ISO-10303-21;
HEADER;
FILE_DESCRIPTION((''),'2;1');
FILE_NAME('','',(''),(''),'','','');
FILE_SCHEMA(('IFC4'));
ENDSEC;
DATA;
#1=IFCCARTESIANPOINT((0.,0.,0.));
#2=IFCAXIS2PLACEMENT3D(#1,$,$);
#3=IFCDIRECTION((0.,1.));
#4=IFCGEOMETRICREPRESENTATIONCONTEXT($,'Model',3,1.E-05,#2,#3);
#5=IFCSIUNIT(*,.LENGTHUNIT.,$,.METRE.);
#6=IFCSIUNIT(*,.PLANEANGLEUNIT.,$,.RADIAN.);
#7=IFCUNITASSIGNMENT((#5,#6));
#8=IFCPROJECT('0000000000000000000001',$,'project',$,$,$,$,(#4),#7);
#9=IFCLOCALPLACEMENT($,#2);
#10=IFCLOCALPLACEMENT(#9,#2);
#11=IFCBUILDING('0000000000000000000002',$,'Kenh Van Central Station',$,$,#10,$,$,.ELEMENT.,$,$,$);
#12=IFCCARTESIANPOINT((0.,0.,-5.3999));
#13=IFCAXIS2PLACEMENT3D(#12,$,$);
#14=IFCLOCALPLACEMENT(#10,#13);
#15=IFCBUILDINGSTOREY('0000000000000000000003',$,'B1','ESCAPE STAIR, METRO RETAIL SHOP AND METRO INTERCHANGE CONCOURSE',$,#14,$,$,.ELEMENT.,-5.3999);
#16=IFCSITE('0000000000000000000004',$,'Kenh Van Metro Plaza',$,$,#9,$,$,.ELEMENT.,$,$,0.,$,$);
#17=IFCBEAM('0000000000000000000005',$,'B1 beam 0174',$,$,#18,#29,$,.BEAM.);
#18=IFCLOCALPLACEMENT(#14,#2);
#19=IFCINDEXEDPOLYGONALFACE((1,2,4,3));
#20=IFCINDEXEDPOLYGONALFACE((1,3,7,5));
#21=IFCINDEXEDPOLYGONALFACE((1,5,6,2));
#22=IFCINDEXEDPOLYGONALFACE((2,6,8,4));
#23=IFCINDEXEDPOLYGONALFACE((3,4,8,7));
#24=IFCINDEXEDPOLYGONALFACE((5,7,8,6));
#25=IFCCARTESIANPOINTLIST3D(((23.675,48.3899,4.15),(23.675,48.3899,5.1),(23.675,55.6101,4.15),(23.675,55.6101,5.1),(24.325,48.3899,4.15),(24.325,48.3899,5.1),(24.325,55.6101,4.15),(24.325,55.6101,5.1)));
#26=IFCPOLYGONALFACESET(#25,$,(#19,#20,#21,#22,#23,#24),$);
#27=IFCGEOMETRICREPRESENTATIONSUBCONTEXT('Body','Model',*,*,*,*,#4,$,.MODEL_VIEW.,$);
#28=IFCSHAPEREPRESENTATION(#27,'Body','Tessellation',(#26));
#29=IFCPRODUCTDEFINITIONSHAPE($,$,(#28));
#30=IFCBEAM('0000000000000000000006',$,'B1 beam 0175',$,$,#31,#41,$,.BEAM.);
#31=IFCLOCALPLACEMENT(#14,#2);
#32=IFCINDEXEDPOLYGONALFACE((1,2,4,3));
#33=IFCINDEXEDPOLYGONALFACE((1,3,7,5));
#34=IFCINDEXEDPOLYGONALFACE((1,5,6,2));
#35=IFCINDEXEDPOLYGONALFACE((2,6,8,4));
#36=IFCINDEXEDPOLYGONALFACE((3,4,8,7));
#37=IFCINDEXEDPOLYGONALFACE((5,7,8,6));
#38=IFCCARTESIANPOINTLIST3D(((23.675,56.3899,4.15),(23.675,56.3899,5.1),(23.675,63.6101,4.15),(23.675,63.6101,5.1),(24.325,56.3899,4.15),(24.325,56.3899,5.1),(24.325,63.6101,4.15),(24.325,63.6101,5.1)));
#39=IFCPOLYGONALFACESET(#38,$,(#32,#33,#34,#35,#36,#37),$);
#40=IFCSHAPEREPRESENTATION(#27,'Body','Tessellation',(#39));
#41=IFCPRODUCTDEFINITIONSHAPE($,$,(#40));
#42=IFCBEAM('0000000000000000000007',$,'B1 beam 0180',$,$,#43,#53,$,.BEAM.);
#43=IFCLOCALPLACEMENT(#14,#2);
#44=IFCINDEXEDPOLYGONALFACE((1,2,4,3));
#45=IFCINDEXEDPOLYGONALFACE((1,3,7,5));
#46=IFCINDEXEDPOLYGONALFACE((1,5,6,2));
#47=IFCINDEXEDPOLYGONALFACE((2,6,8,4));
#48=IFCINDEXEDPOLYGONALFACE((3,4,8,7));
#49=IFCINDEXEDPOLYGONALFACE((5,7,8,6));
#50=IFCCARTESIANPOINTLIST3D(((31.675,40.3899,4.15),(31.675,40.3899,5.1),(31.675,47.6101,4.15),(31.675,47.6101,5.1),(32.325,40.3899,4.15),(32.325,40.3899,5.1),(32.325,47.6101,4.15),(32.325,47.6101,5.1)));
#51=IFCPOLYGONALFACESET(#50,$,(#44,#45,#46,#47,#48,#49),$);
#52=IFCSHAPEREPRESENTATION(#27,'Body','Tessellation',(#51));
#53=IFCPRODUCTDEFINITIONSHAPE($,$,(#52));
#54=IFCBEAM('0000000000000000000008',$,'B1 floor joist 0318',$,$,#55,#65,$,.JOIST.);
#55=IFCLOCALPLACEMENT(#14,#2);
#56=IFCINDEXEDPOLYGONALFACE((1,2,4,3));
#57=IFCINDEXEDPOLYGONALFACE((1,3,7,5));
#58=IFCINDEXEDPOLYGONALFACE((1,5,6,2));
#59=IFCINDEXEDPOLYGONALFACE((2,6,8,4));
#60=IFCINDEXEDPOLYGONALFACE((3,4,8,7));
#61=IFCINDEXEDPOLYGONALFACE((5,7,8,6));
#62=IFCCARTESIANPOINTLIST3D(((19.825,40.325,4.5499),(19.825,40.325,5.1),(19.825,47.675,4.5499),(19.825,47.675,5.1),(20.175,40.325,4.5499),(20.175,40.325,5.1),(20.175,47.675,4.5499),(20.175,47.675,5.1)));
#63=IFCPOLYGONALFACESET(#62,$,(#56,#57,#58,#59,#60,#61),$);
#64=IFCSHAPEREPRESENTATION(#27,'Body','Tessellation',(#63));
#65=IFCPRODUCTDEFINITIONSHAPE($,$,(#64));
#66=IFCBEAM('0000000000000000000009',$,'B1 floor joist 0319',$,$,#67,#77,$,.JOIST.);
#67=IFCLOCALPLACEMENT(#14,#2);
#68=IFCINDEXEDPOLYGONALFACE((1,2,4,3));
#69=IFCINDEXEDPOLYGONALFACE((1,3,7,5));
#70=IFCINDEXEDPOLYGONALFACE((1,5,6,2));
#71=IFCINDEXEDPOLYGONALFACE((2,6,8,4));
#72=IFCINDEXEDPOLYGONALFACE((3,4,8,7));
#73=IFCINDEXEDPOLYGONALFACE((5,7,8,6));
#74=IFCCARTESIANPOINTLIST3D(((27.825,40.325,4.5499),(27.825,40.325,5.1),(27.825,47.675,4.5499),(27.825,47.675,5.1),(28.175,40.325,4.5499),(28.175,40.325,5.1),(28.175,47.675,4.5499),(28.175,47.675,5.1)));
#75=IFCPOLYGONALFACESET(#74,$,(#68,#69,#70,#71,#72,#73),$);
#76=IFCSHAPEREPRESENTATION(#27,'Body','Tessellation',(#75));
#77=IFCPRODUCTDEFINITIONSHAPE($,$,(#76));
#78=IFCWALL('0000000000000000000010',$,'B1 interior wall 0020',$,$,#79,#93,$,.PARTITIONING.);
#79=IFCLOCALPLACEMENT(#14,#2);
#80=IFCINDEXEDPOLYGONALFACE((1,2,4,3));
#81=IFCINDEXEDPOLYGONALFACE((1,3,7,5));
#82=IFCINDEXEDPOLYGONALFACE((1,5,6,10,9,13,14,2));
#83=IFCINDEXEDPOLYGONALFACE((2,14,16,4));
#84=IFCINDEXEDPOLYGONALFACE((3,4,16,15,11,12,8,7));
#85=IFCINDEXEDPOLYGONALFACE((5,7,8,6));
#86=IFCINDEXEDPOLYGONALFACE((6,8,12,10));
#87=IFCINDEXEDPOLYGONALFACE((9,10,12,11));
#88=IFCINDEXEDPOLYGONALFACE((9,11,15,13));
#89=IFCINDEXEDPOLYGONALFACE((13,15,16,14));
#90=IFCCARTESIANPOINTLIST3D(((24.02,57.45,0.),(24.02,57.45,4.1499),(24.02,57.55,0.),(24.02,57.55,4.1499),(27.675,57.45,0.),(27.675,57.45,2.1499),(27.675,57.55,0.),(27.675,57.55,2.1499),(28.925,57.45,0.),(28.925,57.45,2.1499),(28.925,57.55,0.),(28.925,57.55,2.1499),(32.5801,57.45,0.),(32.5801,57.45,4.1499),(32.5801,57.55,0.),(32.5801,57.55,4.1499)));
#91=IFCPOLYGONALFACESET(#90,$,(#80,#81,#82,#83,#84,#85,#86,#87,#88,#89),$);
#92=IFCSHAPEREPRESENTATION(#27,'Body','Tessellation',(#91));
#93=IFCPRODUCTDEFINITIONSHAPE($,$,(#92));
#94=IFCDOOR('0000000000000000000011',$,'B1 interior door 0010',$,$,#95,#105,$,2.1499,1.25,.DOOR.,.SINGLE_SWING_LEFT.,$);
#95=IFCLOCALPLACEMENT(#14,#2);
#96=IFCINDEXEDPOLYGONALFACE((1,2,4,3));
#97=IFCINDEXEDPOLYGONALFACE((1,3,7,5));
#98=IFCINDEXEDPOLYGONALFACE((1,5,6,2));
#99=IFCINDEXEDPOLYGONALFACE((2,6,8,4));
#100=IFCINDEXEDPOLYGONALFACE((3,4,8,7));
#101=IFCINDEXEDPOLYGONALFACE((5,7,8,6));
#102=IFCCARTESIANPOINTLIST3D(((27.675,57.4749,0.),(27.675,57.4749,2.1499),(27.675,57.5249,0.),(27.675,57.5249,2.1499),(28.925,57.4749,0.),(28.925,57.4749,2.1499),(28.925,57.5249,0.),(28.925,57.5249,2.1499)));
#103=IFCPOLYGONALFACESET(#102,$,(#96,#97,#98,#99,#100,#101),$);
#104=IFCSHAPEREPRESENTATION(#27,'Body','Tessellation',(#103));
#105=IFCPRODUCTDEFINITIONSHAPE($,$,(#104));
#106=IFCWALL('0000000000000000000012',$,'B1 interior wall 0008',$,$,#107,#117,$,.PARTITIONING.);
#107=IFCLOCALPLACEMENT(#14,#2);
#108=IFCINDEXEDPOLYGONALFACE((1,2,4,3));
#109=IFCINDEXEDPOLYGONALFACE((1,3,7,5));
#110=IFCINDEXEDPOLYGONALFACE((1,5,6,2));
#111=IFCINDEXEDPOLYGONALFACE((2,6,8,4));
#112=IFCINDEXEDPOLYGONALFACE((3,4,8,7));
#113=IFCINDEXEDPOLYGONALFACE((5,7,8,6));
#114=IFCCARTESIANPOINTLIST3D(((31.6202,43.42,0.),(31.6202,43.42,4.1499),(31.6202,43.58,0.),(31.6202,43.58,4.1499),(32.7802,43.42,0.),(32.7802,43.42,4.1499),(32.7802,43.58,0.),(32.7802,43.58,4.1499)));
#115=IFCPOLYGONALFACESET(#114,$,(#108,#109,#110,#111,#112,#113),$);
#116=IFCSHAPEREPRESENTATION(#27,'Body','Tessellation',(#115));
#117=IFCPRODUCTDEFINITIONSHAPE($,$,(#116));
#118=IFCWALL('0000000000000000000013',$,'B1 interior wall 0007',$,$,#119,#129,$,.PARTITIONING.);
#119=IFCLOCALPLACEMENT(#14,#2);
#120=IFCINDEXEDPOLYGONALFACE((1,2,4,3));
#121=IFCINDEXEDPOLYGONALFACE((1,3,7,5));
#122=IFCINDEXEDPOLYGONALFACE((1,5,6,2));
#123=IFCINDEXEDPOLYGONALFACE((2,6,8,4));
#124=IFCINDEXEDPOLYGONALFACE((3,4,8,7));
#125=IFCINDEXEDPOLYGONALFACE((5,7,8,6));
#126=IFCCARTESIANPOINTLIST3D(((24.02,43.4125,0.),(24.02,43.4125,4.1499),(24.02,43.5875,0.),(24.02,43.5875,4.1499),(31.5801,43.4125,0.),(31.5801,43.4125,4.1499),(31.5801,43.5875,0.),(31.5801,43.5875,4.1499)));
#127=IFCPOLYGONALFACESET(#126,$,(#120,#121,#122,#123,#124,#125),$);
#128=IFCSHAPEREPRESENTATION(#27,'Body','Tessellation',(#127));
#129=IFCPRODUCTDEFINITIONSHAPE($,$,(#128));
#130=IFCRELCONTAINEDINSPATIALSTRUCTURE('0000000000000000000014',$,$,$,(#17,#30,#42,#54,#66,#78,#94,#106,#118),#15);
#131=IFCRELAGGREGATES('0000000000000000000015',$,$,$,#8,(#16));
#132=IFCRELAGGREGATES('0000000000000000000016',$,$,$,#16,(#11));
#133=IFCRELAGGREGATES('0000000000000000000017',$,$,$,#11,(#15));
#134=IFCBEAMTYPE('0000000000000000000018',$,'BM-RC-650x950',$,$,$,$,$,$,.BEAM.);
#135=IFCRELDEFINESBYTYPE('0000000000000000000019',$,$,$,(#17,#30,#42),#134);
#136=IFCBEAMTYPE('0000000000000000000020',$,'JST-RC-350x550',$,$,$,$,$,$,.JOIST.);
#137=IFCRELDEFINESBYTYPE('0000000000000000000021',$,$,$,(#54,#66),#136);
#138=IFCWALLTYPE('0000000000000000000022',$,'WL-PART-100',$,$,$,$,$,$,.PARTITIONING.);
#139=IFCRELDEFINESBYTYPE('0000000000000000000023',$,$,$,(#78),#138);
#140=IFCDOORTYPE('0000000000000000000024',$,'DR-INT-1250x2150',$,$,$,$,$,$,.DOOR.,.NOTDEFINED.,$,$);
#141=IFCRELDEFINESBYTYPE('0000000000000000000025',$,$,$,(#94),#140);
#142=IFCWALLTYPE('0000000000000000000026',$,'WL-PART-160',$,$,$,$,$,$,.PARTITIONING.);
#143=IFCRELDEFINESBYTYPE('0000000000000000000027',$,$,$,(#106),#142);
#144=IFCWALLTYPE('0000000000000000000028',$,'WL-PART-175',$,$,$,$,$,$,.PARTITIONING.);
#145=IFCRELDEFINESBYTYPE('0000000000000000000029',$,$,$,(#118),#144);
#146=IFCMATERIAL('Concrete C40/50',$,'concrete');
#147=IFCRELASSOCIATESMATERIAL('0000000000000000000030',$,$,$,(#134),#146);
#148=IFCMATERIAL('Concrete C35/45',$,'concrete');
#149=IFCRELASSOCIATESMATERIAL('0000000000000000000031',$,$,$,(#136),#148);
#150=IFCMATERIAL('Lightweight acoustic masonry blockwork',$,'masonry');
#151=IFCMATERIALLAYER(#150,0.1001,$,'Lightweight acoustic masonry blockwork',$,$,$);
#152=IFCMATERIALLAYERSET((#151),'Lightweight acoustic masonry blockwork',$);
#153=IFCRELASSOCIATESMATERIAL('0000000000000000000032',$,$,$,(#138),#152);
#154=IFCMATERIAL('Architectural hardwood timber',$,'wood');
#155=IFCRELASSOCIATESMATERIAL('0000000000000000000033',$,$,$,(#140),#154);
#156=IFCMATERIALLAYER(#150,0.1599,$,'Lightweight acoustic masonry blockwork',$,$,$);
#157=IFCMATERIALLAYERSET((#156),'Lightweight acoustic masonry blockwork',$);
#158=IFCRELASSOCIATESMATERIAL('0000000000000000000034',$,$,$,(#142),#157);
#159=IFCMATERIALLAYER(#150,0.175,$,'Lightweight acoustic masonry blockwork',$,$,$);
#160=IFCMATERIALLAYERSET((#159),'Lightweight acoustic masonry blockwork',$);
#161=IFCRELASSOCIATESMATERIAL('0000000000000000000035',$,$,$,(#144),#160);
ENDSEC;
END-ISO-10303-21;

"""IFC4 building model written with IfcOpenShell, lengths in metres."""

from ifc_helpers import new_model, si_unit, direction, frame, frame_2d, origin, origin_2d, place, context, subcontext, project, spatial, rectangle, extrude, material, layer, layer_set, material_profile, profile_set, type_object, element, fill, save


model = new_model("IFC4")

# Units and contexts
model_context = context("Model", 3, precision=1e-05, world=origin(), true_north=direction((0.0, 1.0)))
body_context = subcontext(model_context, "Body", "Model", "MODEL_VIEW")
ifc_project = project(units=[si_unit("LENGTHUNIT", "METRE"), si_unit("PLANEANGLEUNIT", "RADIAN")], contexts=[model_context])

# Site, building, storey
site_placement = place(None, origin())
site = spatial("IfcSite", under=ifc_project, at=site_placement, Name="Kenh Van Metro Plaza", CompositionType="ELEMENT", RefElevation=0.0)
building_placement = place(site_placement, origin())
building = spatial("IfcBuilding", under=site, at=building_placement, Name="Kenh Van Central Station", CompositionType="ELEMENT")
storey_placement = place(building_placement, frame((0.0, 0.0, -5.3999)))
storey = spatial("IfcBuildingStorey", under=building, at=storey_placement, Name="B1", Description="ESCAPE STAIR, METRO RETAIL SHOP AND METRO INTERCHANGE CONCOURSE", CompositionType="ELEMENT", Elevation=-5.3999)

# Shared definitions
ifc_material_1 = material(Name="Concrete C40/50", Category="concrete")

# Beams
ifc_material_profile_1 = material_profile(ifc_material_1, rectangle(XDim=0.6499, YDim=0.95, at=origin_2d()), Name="RC 650x950")
ifc_profile_set_1 = profile_set([ifc_material_profile_1], Name="Concrete C40/50")
beam_type_1 = type_object("IfcBeamType", Name="BM-RC-650x950", PredefinedType="BEAM", material=ifc_profile_set_1)
for number, where, z_axis, x_axis, name in (
    (1, (24.0, 48.3899, 4.625), (0.0, 1.0, 0.0), (-1.0, 0.0, 0.0), "B1 beam 0174"),
    (2, (24.0, 56.3899, 4.625), (0.0, 1.0, 0.0), (-1.0, 0.0, 0.0), "B1 beam 0175"),
    (3, (32.0, 40.3899, 4.625), (0.0, 1.0, 0.0), (-1.0, 0.0, 0.0), "B1 beam 0180"),
):
    element("IfcBeam", number, at=place(storey_placement, frame(where, z_axis=z_axis, x_axis=x_axis)), inside=storey, type_object=beam_type_1, Name=name, PredefinedType="BEAM", context=body_context, shape_type="SweptSolid", body=[
        extrude(rectangle(XDim=0.6499, YDim=0.95, at=origin_2d()), origin(), (0.0, 0.0, 1.0), 7.2202),
    ])
ifc_material_2 = material(Name="Concrete C35/45", Category="concrete")
ifc_material_profile_2 = material_profile(ifc_material_2, rectangle(XDim=0.3501, YDim=0.55, at=origin_2d()), Name="RC 350x550")
ifc_profile_set_2 = profile_set([ifc_material_profile_2], Name="Concrete C35/45")
beam_type_2 = type_object("IfcBeamType", Name="JST-RC-350x550", PredefinedType="JOIST", material=ifc_profile_set_2)
for number, where, z_axis, x_axis, name in (
    (4, (20.0, 40.325, 4.825), (0.0, 1.0, 0.0), (-1.0, 0.0, 0.0), "B1 floor joist 0318"),
    (5, (28.0, 40.325, 4.825), (0.0, 1.0, 0.0), (-1.0, 0.0, 0.0), "B1 floor joist 0319"),
):
    element("IfcBeam", number, at=place(storey_placement, frame(where, z_axis=z_axis, x_axis=x_axis)), inside=storey, type_object=beam_type_2, Name=name, PredefinedType="JOIST", context=body_context, shape_type="SweptSolid", body=[
        extrude(rectangle(XDim=0.3501, YDim=0.55, at=origin_2d()), origin(), (0.0, 0.0, 1.0), 7.3501),
    ])

# Wall, opening, door
ifc_material_3 = material(Name="Lightweight acoustic masonry blockwork", Category="masonry")
ifc_layer_1 = layer(ifc_material_3, 0.1001, Name="Lightweight acoustic masonry blockwork")
ifc_layer_set_1 = layer_set([ifc_layer_1], Name="Lightweight acoustic masonry blockwork")
wall_type_1 = type_object("IfcWallType", Name="WL-PART-100", PredefinedType="PARTITIONING", material=ifc_layer_set_1)
wall_1_placement = place(storey_placement, frame((24.02, 57.5, 0.0), z_axis=(0.0, 0.0, 1.0), x_axis=(1.0, 0.0, 0.0)))
wall_1 = element("IfcWall", 6, at=wall_1_placement, inside=storey, type_object=wall_type_1, Name="B1 interior wall 0020", PredefinedType="PARTITIONING", context=body_context, shape_type="SweptSolid", body=[
    extrude(rectangle(XDim=8.5601, YDim=0.1001, at=frame_2d((4.28, 0.0))), origin(), (0.0, 0.0, 1.0), 4.1499),
])
opening_placement = place(wall_1_placement, frame((3.655, 0.0, 0.0)))
opening = element("IfcOpeningElement", 7, at=opening_placement, cuts=wall_1, PredefinedType="OPENING", context=body_context, shape_type="SweptSolid", body=[
    extrude(rectangle(XDim=1.25, YDim=2.1499, at=frame_2d((0.625, 1.075))), frame((0.0, 0.0601, 0.0), z_axis=(0.0, -1.0, 0.0), x_axis=(1.0, 0.0, 0.0)), (0.0, 0.0, 1.0), 0.1201),
])
ifc_material_4 = material(Name="Architectural hardwood timber", Category="wood")
door_type = type_object("IfcDoorType", Name="DR-INT-1250x2150", OperationType="NOTDEFINED", PredefinedType="DOOR", material=ifc_material_4)
door_placement = place(opening_placement, origin())
door = element("IfcDoor", 8, at=door_placement, inside=storey, type_object=door_type, Name="B1 interior door 0010", OperationType="SINGLE_SWING_LEFT", OverallHeight=2.1499, OverallWidth=1.25, PredefinedType="DOOR", context=body_context, shape_type="SweptSolid", body=[
    extrude(rectangle(XDim=1.25, YDim=2.1499, at=frame_2d((0.625, 1.075))), frame((0.0, 0.0249, 0.0), z_axis=(0.0, -1.0, 0.0), x_axis=(1.0, 0.0, 0.0)), (0.0, 0.0, 1.0), 0.05),
])
fill(opening, door)

# Walls
ifc_layer_2 = layer(ifc_material_3, 0.1599, Name="Lightweight acoustic masonry blockwork")
ifc_layer_set_2 = layer_set([ifc_layer_2], Name="Lightweight acoustic masonry blockwork")
wall_type_2 = type_object("IfcWallType", Name="WL-PART-160", PredefinedType="PARTITIONING", material=ifc_layer_set_2)
wall_2_placement = place(storey_placement, frame((31.6201, 43.5, 0.0), z_axis=(0.0, 0.0, 1.0), x_axis=(1.0, 0.0, 0.0)))
element("IfcWall", 9, at=wall_2_placement, inside=storey, type_object=wall_type_2, Name="B1 interior wall 0008", PredefinedType="PARTITIONING", context=body_context, shape_type="SweptSolid", body=[
    extrude(rectangle(XDim=1.1599, YDim=0.1599, at=frame_2d((0.5801, 0.0))), origin(), (0.0, 0.0, 1.0), 4.1499),
])
ifc_layer_3 = layer(ifc_material_3, 0.175, Name="Lightweight acoustic masonry blockwork")
ifc_layer_set_3 = layer_set([ifc_layer_3], Name="Lightweight acoustic masonry blockwork")
wall_type_3 = type_object("IfcWallType", Name="WL-PART-175", PredefinedType="PARTITIONING", material=ifc_layer_set_3)
wall_3_placement = place(storey_placement, frame((24.02, 43.5, 0.0), z_axis=(0.0, 0.0, 1.0), x_axis=(1.0, 0.0, 0.0)))
element("IfcWall", 10, at=wall_3_placement, inside=storey, type_object=wall_type_3, Name="B1 interior wall 0007", PredefinedType="PARTITIONING", context=body_context, shape_type="SweptSolid", body=[
    extrude(rectangle(XDim=7.5601, YDim=0.175, at=frame_2d((3.78, 0.0))), origin(), (0.0, 0.0, 1.0), 4.1499),
])

save(model, "model.ifc")
